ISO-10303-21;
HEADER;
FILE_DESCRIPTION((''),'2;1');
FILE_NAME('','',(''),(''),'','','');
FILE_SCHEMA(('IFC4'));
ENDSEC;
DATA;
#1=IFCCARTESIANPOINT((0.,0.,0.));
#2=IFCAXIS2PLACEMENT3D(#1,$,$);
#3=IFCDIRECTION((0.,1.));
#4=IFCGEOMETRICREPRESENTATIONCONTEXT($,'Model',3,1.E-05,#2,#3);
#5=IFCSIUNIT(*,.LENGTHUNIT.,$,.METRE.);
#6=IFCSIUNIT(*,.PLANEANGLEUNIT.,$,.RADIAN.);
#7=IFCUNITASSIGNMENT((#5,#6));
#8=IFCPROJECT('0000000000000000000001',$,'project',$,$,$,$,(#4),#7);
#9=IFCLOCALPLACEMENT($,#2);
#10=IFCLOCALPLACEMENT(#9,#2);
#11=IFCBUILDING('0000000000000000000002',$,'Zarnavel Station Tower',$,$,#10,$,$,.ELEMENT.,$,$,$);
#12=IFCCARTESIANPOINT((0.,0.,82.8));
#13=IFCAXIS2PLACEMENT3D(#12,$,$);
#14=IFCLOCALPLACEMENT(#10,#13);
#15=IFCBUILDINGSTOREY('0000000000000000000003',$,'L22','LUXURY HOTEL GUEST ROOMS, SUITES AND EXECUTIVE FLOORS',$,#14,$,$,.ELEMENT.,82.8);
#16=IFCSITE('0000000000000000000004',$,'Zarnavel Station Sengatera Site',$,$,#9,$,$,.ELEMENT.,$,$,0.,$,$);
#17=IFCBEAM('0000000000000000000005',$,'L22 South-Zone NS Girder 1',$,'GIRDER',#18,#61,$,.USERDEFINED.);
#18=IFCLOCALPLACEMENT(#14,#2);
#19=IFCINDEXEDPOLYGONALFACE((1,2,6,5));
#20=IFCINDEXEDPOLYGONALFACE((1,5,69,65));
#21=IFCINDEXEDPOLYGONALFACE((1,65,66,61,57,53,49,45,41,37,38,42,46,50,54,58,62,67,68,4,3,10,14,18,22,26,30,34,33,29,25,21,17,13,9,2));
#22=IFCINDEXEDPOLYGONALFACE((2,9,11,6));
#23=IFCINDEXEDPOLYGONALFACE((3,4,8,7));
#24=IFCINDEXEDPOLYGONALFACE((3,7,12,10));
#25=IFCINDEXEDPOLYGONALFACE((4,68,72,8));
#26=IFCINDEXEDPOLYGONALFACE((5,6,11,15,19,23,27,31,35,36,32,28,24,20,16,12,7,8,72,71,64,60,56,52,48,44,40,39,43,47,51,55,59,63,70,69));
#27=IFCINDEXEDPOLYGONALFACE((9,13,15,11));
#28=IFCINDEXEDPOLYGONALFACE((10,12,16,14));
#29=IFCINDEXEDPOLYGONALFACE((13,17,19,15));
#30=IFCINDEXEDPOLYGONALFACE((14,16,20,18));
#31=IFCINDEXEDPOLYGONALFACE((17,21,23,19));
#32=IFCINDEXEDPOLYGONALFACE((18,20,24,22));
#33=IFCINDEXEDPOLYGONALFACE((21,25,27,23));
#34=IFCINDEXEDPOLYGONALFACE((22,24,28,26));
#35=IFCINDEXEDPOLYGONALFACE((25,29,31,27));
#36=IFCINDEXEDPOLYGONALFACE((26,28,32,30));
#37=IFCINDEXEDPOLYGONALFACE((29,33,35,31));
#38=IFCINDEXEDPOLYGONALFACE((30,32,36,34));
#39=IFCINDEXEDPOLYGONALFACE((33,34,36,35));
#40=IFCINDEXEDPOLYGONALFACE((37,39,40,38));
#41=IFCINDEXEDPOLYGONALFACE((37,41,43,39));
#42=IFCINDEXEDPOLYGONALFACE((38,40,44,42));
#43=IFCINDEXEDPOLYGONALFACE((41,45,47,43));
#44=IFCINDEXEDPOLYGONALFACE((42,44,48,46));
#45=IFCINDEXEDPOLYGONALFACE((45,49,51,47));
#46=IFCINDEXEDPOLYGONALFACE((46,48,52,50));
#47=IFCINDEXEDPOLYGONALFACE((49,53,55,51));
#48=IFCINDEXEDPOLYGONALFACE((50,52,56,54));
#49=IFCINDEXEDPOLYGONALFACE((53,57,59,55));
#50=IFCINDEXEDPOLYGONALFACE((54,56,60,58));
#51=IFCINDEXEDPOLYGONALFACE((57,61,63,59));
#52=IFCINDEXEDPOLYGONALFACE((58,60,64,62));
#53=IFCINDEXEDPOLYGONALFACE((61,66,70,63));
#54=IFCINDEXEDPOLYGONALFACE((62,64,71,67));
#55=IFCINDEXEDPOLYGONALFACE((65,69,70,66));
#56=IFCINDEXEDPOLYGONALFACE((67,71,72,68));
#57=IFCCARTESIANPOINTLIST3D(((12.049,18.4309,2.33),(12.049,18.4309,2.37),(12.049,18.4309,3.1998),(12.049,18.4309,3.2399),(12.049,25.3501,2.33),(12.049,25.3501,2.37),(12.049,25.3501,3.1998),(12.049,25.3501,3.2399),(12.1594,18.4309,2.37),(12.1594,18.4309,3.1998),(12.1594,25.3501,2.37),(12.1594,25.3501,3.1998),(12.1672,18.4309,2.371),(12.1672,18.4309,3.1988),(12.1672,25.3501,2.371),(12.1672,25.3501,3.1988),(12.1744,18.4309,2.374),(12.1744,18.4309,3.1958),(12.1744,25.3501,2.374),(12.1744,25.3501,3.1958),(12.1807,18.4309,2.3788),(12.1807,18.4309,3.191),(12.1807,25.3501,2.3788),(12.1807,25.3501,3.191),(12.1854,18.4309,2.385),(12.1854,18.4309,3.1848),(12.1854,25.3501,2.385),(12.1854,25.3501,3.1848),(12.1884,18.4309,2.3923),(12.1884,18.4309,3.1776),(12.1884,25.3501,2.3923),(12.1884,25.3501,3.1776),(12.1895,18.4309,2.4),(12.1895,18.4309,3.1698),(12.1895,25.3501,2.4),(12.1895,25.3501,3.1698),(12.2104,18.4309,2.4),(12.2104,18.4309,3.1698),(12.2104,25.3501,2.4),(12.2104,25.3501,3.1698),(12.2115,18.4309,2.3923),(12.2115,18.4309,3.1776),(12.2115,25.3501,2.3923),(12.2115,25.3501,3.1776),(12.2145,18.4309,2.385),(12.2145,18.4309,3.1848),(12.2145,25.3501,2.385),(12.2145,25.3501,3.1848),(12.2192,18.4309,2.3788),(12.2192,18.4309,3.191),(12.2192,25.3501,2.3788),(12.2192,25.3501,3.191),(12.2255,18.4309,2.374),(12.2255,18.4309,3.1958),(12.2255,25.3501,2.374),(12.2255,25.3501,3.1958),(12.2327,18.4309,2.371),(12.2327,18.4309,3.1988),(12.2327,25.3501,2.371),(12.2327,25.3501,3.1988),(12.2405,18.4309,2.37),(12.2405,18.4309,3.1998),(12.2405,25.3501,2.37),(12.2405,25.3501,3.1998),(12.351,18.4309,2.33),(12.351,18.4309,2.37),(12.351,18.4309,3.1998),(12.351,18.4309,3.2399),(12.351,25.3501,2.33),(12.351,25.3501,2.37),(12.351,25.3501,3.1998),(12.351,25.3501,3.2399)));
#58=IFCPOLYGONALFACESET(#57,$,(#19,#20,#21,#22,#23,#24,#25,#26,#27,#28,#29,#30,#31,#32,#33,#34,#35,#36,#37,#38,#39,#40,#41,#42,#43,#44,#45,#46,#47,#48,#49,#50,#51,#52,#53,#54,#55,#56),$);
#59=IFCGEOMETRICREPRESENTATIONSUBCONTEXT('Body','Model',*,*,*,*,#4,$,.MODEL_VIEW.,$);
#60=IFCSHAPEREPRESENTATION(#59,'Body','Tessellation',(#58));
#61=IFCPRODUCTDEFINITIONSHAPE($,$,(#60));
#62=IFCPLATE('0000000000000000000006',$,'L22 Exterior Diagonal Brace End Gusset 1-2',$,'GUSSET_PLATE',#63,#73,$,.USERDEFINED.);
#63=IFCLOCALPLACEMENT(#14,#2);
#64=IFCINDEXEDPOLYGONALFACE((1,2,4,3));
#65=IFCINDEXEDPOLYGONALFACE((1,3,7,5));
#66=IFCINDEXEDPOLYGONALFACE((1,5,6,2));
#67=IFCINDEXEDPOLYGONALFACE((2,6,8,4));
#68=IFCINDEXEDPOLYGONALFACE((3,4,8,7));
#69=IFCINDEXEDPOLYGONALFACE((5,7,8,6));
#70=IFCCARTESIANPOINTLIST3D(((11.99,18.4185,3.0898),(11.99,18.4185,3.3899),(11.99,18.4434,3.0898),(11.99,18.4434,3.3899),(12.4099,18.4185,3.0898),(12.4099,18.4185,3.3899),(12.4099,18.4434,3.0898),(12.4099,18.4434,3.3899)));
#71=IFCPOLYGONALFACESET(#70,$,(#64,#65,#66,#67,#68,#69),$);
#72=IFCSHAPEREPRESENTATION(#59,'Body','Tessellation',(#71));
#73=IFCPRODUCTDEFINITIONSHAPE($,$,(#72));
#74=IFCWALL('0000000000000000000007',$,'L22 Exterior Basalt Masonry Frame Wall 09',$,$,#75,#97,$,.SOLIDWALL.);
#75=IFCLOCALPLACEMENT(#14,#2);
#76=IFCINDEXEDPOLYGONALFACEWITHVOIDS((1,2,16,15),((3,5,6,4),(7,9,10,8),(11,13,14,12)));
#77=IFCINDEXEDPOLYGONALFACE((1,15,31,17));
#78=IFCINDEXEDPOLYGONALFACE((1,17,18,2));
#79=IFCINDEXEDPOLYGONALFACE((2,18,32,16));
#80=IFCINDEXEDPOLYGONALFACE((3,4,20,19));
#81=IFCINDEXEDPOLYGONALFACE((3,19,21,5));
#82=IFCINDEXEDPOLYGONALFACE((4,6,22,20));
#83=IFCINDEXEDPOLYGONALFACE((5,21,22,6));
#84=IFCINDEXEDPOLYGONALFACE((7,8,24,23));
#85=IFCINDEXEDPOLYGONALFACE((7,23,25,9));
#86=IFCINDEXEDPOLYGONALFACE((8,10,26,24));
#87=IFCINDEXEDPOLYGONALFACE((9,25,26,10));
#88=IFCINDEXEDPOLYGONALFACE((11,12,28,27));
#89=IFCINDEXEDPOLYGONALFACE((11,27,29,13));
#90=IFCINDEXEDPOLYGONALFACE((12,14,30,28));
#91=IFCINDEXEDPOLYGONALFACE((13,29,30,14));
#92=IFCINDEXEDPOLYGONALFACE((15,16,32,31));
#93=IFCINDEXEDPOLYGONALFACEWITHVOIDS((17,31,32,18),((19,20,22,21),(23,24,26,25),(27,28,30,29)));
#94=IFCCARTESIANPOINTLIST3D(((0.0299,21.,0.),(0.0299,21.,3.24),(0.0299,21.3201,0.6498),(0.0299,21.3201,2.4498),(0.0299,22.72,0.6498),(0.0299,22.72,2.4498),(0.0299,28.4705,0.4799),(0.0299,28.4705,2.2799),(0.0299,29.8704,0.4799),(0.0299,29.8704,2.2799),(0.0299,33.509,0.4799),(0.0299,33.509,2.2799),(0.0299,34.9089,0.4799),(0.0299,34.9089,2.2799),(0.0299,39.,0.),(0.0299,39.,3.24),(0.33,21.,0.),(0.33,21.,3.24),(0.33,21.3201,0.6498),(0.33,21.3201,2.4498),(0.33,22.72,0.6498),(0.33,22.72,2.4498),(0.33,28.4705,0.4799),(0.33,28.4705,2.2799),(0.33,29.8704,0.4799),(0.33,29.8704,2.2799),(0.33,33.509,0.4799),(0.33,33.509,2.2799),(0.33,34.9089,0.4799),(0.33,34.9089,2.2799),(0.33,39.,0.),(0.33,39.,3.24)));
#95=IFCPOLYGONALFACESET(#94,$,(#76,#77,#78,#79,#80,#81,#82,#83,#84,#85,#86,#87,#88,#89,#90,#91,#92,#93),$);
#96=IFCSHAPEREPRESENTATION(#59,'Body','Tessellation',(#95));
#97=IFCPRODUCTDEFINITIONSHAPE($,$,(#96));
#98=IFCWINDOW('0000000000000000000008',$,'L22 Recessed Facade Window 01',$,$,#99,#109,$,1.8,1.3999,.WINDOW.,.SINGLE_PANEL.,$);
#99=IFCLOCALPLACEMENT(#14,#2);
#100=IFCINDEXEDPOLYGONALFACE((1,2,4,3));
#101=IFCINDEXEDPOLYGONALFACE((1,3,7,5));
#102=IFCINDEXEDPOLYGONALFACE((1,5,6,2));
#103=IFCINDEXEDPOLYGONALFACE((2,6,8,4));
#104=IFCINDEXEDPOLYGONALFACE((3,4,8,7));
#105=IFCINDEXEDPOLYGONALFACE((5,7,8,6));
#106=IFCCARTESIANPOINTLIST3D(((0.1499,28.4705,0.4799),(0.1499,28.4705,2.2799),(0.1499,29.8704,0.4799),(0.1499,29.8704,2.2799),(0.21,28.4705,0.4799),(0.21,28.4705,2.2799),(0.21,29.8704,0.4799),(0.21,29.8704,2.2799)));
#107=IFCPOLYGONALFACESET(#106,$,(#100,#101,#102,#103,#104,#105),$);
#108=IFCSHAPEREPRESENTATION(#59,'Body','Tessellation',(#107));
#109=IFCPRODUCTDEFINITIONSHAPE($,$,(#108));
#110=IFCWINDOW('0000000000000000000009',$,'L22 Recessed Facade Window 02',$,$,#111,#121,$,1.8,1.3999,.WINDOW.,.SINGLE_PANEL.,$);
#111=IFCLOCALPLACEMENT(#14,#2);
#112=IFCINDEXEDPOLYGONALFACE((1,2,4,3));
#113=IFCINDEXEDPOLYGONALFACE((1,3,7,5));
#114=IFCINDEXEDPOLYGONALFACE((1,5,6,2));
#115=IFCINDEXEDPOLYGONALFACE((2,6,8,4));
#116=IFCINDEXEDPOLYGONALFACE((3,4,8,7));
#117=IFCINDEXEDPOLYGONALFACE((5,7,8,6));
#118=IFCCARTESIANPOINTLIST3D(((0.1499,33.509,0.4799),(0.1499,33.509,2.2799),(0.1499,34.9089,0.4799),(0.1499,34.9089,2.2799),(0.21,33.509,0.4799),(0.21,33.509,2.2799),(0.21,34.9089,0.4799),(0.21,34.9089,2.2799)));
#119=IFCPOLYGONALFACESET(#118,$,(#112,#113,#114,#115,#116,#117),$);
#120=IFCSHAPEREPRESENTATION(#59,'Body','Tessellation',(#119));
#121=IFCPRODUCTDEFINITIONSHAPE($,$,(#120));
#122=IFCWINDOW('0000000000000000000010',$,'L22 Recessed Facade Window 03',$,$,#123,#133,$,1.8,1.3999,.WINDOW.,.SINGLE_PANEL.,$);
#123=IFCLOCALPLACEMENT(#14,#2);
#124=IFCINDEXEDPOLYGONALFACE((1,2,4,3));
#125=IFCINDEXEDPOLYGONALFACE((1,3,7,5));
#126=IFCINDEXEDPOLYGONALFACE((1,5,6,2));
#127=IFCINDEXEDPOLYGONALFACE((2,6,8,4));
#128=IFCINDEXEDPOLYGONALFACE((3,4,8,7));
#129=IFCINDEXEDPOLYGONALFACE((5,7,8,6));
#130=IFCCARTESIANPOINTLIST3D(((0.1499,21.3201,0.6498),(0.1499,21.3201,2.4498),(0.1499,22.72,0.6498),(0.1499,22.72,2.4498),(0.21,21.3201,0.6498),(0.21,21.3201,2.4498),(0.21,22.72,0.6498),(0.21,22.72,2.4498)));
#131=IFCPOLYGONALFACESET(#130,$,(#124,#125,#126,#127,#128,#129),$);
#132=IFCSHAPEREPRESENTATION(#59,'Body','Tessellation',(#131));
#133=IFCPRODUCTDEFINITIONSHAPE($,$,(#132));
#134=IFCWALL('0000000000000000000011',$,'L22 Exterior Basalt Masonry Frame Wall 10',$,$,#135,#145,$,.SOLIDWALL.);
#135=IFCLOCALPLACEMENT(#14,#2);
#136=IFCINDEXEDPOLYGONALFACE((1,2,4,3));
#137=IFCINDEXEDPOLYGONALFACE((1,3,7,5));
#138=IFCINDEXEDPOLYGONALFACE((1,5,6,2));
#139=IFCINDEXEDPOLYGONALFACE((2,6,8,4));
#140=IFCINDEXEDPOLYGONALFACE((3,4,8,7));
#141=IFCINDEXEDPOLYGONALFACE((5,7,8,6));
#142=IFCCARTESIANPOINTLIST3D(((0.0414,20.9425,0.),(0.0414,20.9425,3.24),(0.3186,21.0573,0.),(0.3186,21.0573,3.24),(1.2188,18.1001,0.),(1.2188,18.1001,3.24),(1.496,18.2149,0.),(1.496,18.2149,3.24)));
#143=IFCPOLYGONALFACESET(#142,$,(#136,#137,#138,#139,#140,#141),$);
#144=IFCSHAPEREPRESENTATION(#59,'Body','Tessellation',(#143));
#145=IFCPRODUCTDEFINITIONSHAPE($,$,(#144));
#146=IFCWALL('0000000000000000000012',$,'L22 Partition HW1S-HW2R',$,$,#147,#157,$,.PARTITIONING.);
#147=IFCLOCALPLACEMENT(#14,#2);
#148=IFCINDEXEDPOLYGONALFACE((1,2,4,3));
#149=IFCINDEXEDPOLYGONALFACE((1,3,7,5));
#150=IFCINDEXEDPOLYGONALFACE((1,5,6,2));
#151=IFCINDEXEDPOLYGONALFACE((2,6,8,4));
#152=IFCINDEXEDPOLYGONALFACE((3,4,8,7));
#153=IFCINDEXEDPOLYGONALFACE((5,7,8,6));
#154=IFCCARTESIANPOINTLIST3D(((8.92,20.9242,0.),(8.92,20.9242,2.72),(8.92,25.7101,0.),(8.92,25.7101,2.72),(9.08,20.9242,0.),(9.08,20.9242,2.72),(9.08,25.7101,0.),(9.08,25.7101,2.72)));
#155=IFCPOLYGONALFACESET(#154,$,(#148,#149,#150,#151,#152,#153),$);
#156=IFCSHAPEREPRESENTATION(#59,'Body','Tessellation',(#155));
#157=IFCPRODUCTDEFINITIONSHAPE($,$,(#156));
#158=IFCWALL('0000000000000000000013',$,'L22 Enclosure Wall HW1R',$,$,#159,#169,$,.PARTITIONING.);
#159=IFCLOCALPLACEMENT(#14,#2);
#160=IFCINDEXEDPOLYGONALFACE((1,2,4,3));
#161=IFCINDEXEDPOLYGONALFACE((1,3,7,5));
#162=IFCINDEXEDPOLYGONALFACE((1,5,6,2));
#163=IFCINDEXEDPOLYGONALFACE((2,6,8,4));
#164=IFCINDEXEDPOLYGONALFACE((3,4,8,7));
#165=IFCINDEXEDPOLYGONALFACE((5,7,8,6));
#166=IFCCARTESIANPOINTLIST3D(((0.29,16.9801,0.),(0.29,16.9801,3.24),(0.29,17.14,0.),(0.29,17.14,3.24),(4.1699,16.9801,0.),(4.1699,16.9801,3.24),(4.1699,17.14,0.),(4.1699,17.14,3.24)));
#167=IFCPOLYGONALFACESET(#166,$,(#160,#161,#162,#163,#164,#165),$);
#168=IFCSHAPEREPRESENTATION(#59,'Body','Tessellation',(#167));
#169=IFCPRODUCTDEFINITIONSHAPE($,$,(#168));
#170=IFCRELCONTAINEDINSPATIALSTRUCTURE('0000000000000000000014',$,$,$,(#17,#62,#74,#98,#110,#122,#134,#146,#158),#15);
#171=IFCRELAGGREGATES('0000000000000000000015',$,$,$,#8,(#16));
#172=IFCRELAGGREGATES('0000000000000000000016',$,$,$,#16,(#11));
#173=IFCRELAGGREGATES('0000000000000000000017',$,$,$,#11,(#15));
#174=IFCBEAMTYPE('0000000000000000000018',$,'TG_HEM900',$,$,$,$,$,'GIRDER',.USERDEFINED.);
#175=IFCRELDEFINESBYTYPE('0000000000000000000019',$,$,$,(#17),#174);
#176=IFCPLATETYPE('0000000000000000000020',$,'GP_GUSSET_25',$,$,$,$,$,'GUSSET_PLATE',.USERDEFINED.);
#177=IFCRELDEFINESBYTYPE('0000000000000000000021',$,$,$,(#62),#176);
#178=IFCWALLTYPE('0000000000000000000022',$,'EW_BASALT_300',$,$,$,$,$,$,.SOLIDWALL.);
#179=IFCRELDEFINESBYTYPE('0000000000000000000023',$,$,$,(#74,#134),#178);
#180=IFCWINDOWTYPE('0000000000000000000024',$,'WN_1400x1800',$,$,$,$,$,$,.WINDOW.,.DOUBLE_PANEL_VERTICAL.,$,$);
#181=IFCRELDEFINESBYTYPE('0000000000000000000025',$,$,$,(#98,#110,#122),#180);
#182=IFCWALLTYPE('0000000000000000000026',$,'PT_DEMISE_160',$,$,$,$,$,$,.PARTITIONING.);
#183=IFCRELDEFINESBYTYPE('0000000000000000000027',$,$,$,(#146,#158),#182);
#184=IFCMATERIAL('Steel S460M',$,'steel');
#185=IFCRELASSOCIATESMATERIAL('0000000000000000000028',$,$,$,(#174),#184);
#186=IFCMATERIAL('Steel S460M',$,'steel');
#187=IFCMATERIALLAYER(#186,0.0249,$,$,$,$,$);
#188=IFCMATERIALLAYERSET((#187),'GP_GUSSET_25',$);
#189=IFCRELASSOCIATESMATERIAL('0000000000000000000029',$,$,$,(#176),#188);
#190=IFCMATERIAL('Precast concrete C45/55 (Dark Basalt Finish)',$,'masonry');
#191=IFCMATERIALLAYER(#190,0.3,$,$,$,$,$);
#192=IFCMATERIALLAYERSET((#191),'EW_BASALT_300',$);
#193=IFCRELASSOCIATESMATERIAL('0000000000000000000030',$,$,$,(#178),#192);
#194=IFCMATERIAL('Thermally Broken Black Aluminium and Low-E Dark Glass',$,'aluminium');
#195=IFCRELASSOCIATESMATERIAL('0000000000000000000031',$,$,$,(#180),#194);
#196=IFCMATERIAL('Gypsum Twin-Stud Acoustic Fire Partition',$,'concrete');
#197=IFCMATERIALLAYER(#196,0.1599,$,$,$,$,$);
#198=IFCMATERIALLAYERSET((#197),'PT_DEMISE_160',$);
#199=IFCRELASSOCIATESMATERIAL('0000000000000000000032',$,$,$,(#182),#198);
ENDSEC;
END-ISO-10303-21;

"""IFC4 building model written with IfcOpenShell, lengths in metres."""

from ifc_helpers import new_model, si_unit, direction, frame, frame_2d, origin, origin_2d, place, context, subcontext, project, spatial, rectangle, i_section, extrude, material, layer, layer_set, material_profile, profile_set, type_object, element, fill, save


model = new_model("IFC4")

# Units and contexts
model_context = context("Model", 3, precision=1e-05, world=origin(), true_north=direction((0.0, 1.0)))
body_context = subcontext(model_context, "Body", "Model", "MODEL_VIEW")
ifc_project = project(units=[si_unit("LENGTHUNIT", "METRE"), si_unit("PLANEANGLEUNIT", "RADIAN")], contexts=[model_context])

# Site, building, storey
site_placement = place(None, origin())
site = spatial("IfcSite", under=ifc_project, at=site_placement, Name="Zarnavel Station Sengatera Site", CompositionType="ELEMENT", RefElevation=0.0)
building_placement = place(site_placement, origin())
building = spatial("IfcBuilding", under=site, at=building_placement, Name="Zarnavel Station Tower", CompositionType="ELEMENT")
storey_placement = place(building_placement, frame((0.0, 0.0, 82.8)))
storey = spatial("IfcBuildingStorey", under=building, at=storey_placement, Name="L22", Description="LUXURY HOTEL GUEST ROOMS, SUITES AND EXECUTIVE FLOORS", CompositionType="ELEMENT", Elevation=82.8)

# Beam
ifc_material_1 = material(Name="Steel S460M", Category="steel")
ifc_material_profile_1 = material_profile(ifc_material_1, i_section(OverallWidth=0.302, OverallDepth=0.9099, WebThickness=0.021, FlangeThickness=0.04, FilletRadius=0.03, at=origin_2d()), Name="HEM900")
ifc_profile_set_1 = profile_set([ifc_material_profile_1], Name="Steel S460M")
beam_type_1 = type_object("IfcBeamType", Name="TG_HEM900", ElementType="GIRDER", PredefinedType="USERDEFINED", material=ifc_profile_set_1)
beam_1_placement = place(storey_placement, frame((12.2, 18.4309, 2.7849), z_axis=(0.0, 1.0, 0.0), x_axis=(-1.0, 0.0, 0.0)))
element("IfcBeam", 1, at=beam_1_placement, inside=storey, type_object=beam_type_1, Name="L22 South-Zone NS Girder 1", ObjectType="GIRDER", PredefinedType="USERDEFINED", context=body_context, shape_type="SweptSolid", body=[
    extrude(i_section(OverallWidth=0.302, OverallDepth=0.9099, WebThickness=0.021, FlangeThickness=0.04, FilletRadius=0.03, at=origin_2d()), origin(), (0.0, 0.0, 1.0), 6.9192),
])

# Plate
ifc_material_2 = material(Name="Steel S460M", Category="steel")
ifc_layer_1 = layer(ifc_material_2, 0.0249)
ifc_layer_set_1 = layer_set([ifc_layer_1], Name="GP_GUSSET_25")
plate_type = type_object("IfcPlateType", Name="GP_GUSSET_25", ElementType="GUSSET_PLATE", PredefinedType="USERDEFINED", material=ifc_layer_set_1)
plate_placement = place(storey_placement, frame((12.2, 18.4309, 3.0898), z_axis=(0.0, 0.0, 1.0), x_axis=(1.0, 0.0, 0.0)))
element("IfcPlate", 2, at=plate_placement, inside=storey, type_object=plate_type, Name="L22 Exterior Diagonal Brace End Gusset 1-2", ObjectType="GUSSET_PLATE", PredefinedType="USERDEFINED", context=body_context, shape_type="SweptSolid", body=[
    extrude(rectangle(XDim=0.4199, YDim=0.0249, at=origin_2d()), origin(), (0.0, 0.0, 1.0), 0.3),
])

# Wall, openings, windows
ifc_material_3 = material(Name="Precast concrete C45/55 (Dark Basalt Finish)", Category="masonry")
ifc_layer_2 = layer(ifc_material_3, 0.3)
ifc_layer_set_2 = layer_set([ifc_layer_2], Name="EW_BASALT_300")
wall_type_1 = type_object("IfcWallType", Name="EW_BASALT_300", PredefinedType="SOLIDWALL", material=ifc_layer_set_2)
wall_1_placement = place(storey_placement, frame((0.1799, 21.0, 0.0), z_axis=(0.0, 0.0, 1.0), x_axis=(0.0, 1.0, 0.0)))
wall_1 = element("IfcWall", 3, at=wall_1_placement, inside=storey, type_object=wall_type_1, Name="L22 Exterior Basalt Masonry Frame Wall 09", PredefinedType="SOLIDWALL", context=body_context, shape_type="SweptSolid", body=[
    extrude(rectangle(XDim=18.0, YDim=0.3, at=frame_2d((9.0, 0.0))), origin(), (0.0, 0.0, 1.0), 3.24),
])
opening_1_placement = place(wall_1_placement, frame((7.4705, 0.0, 0.48)))
opening_1 = element("IfcOpeningElement", 4, at=opening_1_placement, cuts=wall_1, PredefinedType="OPENING", context=body_context, shape_type="SweptSolid", body=[
    extrude(rectangle(XDim=1.3999, YDim=1.8, at=frame_2d((0.7, 0.8999))), frame((0.0, 0.1599, 0.0), z_axis=(0.0, -1.0, 0.0), x_axis=(1.0, 0.0, 0.0)), (0.0, 0.0, 1.0), 0.3201),
])
opening_2_placement = place(wall_1_placement, frame((12.509, 0.0, 0.48)))
opening_2 = element("IfcOpeningElement", 5, at=opening_2_placement, cuts=wall_1, PredefinedType="OPENING", context=body_context, shape_type="SweptSolid", body=[
    extrude(rectangle(XDim=1.3999, YDim=1.8, at=frame_2d((0.7, 0.8999))), frame((0.0, 0.1599, 0.0), z_axis=(0.0, -1.0, 0.0), x_axis=(1.0, 0.0, 0.0)), (0.0, 0.0, 1.0), 0.3201),
])
opening_3_placement = place(wall_1_placement, frame((0.3201, 0.0, 0.6499)))
opening_3 = element("IfcOpeningElement", 6, at=opening_3_placement, cuts=wall_1, PredefinedType="OPENING", context=body_context, shape_type="SweptSolid", body=[
    extrude(rectangle(XDim=1.3999, YDim=1.8, at=frame_2d((0.7, 0.8999))), frame((0.0, 0.1599, 0.0), z_axis=(0.0, -1.0, 0.0), x_axis=(1.0, 0.0, 0.0)), (0.0, 0.0, 1.0), 0.3201),
])
ifc_material_4 = material(Name="Thermally Broken Black Aluminium and Low-E Dark Glass", Category="aluminium")
window_type = type_object("IfcWindowType", Name="WN_1400x1800", PartitioningType="DOUBLE_PANEL_VERTICAL", PredefinedType="WINDOW", material=ifc_material_4)
window_1_placement = place(opening_1_placement, origin())
window_1 = element("IfcWindow", 7, at=window_1_placement, inside=storey, type_object=window_type, Name="L22 Recessed Facade Window 01", OverallHeight=1.8, OverallWidth=1.3999, PartitioningType="SINGLE_PANEL", PredefinedType="WINDOW", context=body_context, shape_type="SweptSolid", body=[
    extrude(rectangle(XDim=1.3999, YDim=1.8, at=frame_2d((0.7, 0.8999))), frame((0.0, 0.03, 0.0), z_axis=(0.0, -1.0, 0.0), x_axis=(1.0, 0.0, 0.0)), (0.0, 0.0, 1.0), 0.0601),
])
fill(opening_1, window_1)
window_2_placement = place(opening_2_placement, origin())
window_2 = element("IfcWindow", 8, at=window_2_placement, inside=storey, type_object=window_type, Name="L22 Recessed Facade Window 02", OverallHeight=1.8, OverallWidth=1.3999, PartitioningType="SINGLE_PANEL", PredefinedType="WINDOW", context=body_context, shape_type="SweptSolid", body=[
    extrude(rectangle(XDim=1.3999, YDim=1.8, at=frame_2d((0.7, 0.8999))), frame((0.0, 0.03, 0.0), z_axis=(0.0, -1.0, 0.0), x_axis=(1.0, 0.0, 0.0)), (0.0, 0.0, 1.0), 0.0601),
])
fill(opening_2, window_2)
window_3_placement = place(opening_3_placement, origin())
window_3 = element("IfcWindow", 9, at=window_3_placement, inside=storey, type_object=window_type, Name="L22 Recessed Facade Window 03", OverallHeight=1.8, OverallWidth=1.3999, PartitioningType="SINGLE_PANEL", PredefinedType="WINDOW", context=body_context, shape_type="SweptSolid", body=[
    extrude(rectangle(XDim=1.3999, YDim=1.8, at=frame_2d((0.7, 0.8999))), frame((0.0, 0.03, 0.0), z_axis=(0.0, -1.0, 0.0), x_axis=(1.0, 0.0, 0.0)), (0.0, 0.0, 1.0), 0.0601),
])
fill(opening_3, window_3)

# Walls
wall_2_placement = place(storey_placement, frame((1.3574, 18.1575, 0.0), z_axis=(0.0, 0.0, 1.0), x_axis=(-0.382705, 0.923871, 0.0)))
element("IfcWall", 10, at=wall_2_placement, inside=storey, type_object=wall_type_1, Name="L22 Exterior Basalt Masonry Frame Wall 10", PredefinedType="SOLIDWALL", context=body_context, shape_type="SweptSolid", body=[
    extrude(rectangle(XDim=3.0767, YDim=0.3, at=frame_2d((1.5383, 0.0))), origin(), (0.0, 0.0, 1.0), 3.24),
])
ifc_material_5 = material(Name="Gypsum Twin-Stud Acoustic Fire Partition", Category="concrete")
ifc_layer_3 = layer(ifc_material_5, 0.1599)
ifc_layer_set_3 = layer_set([ifc_layer_3], Name="PT_DEMISE_160")
wall_type_2 = type_object("IfcWallType", Name="PT_DEMISE_160", PredefinedType="PARTITIONING", material=ifc_layer_set_3)
wall_3_placement = place(storey_placement, frame((9.0, 20.9241, 0.0), z_axis=(0.0, 0.0, 1.0), x_axis=(0.0, 1.0, 0.0)))
element("IfcWall", 11, at=wall_3_placement, inside=storey, type_object=wall_type_2, Name="L22 Partition HW1S-HW2R", PredefinedType="PARTITIONING", context=body_context, shape_type="SweptSolid", body=[
    extrude(rectangle(XDim=4.7859, YDim=0.1599, at=frame_2d((2.3931, 0.0))), origin(), (0.0, 0.0, 1.0), 2.72),
])
for number, where, z_axis, x_axis, name in (
    (12, (0.29, 17.0601, 0.0), (0.0, 0.0, 1.0), (1.0, 0.0, 0.0), "L22 Enclosure Wall HW1R"),
):
    element("IfcWall", number, at=place(storey_placement, frame(where, z_axis=z_axis, x_axis=x_axis)), inside=storey, type_object=wall_type_2, Name=name, PredefinedType="PARTITIONING", context=body_context, shape_type="SweptSolid", body=[
        extrude(rectangle(XDim=3.8799, YDim=0.1599, at=frame_2d((1.9399, 0.0))), origin(), (0.0, 0.0, 1.0), 3.24),
    ])

save(model, "model.ifc")
